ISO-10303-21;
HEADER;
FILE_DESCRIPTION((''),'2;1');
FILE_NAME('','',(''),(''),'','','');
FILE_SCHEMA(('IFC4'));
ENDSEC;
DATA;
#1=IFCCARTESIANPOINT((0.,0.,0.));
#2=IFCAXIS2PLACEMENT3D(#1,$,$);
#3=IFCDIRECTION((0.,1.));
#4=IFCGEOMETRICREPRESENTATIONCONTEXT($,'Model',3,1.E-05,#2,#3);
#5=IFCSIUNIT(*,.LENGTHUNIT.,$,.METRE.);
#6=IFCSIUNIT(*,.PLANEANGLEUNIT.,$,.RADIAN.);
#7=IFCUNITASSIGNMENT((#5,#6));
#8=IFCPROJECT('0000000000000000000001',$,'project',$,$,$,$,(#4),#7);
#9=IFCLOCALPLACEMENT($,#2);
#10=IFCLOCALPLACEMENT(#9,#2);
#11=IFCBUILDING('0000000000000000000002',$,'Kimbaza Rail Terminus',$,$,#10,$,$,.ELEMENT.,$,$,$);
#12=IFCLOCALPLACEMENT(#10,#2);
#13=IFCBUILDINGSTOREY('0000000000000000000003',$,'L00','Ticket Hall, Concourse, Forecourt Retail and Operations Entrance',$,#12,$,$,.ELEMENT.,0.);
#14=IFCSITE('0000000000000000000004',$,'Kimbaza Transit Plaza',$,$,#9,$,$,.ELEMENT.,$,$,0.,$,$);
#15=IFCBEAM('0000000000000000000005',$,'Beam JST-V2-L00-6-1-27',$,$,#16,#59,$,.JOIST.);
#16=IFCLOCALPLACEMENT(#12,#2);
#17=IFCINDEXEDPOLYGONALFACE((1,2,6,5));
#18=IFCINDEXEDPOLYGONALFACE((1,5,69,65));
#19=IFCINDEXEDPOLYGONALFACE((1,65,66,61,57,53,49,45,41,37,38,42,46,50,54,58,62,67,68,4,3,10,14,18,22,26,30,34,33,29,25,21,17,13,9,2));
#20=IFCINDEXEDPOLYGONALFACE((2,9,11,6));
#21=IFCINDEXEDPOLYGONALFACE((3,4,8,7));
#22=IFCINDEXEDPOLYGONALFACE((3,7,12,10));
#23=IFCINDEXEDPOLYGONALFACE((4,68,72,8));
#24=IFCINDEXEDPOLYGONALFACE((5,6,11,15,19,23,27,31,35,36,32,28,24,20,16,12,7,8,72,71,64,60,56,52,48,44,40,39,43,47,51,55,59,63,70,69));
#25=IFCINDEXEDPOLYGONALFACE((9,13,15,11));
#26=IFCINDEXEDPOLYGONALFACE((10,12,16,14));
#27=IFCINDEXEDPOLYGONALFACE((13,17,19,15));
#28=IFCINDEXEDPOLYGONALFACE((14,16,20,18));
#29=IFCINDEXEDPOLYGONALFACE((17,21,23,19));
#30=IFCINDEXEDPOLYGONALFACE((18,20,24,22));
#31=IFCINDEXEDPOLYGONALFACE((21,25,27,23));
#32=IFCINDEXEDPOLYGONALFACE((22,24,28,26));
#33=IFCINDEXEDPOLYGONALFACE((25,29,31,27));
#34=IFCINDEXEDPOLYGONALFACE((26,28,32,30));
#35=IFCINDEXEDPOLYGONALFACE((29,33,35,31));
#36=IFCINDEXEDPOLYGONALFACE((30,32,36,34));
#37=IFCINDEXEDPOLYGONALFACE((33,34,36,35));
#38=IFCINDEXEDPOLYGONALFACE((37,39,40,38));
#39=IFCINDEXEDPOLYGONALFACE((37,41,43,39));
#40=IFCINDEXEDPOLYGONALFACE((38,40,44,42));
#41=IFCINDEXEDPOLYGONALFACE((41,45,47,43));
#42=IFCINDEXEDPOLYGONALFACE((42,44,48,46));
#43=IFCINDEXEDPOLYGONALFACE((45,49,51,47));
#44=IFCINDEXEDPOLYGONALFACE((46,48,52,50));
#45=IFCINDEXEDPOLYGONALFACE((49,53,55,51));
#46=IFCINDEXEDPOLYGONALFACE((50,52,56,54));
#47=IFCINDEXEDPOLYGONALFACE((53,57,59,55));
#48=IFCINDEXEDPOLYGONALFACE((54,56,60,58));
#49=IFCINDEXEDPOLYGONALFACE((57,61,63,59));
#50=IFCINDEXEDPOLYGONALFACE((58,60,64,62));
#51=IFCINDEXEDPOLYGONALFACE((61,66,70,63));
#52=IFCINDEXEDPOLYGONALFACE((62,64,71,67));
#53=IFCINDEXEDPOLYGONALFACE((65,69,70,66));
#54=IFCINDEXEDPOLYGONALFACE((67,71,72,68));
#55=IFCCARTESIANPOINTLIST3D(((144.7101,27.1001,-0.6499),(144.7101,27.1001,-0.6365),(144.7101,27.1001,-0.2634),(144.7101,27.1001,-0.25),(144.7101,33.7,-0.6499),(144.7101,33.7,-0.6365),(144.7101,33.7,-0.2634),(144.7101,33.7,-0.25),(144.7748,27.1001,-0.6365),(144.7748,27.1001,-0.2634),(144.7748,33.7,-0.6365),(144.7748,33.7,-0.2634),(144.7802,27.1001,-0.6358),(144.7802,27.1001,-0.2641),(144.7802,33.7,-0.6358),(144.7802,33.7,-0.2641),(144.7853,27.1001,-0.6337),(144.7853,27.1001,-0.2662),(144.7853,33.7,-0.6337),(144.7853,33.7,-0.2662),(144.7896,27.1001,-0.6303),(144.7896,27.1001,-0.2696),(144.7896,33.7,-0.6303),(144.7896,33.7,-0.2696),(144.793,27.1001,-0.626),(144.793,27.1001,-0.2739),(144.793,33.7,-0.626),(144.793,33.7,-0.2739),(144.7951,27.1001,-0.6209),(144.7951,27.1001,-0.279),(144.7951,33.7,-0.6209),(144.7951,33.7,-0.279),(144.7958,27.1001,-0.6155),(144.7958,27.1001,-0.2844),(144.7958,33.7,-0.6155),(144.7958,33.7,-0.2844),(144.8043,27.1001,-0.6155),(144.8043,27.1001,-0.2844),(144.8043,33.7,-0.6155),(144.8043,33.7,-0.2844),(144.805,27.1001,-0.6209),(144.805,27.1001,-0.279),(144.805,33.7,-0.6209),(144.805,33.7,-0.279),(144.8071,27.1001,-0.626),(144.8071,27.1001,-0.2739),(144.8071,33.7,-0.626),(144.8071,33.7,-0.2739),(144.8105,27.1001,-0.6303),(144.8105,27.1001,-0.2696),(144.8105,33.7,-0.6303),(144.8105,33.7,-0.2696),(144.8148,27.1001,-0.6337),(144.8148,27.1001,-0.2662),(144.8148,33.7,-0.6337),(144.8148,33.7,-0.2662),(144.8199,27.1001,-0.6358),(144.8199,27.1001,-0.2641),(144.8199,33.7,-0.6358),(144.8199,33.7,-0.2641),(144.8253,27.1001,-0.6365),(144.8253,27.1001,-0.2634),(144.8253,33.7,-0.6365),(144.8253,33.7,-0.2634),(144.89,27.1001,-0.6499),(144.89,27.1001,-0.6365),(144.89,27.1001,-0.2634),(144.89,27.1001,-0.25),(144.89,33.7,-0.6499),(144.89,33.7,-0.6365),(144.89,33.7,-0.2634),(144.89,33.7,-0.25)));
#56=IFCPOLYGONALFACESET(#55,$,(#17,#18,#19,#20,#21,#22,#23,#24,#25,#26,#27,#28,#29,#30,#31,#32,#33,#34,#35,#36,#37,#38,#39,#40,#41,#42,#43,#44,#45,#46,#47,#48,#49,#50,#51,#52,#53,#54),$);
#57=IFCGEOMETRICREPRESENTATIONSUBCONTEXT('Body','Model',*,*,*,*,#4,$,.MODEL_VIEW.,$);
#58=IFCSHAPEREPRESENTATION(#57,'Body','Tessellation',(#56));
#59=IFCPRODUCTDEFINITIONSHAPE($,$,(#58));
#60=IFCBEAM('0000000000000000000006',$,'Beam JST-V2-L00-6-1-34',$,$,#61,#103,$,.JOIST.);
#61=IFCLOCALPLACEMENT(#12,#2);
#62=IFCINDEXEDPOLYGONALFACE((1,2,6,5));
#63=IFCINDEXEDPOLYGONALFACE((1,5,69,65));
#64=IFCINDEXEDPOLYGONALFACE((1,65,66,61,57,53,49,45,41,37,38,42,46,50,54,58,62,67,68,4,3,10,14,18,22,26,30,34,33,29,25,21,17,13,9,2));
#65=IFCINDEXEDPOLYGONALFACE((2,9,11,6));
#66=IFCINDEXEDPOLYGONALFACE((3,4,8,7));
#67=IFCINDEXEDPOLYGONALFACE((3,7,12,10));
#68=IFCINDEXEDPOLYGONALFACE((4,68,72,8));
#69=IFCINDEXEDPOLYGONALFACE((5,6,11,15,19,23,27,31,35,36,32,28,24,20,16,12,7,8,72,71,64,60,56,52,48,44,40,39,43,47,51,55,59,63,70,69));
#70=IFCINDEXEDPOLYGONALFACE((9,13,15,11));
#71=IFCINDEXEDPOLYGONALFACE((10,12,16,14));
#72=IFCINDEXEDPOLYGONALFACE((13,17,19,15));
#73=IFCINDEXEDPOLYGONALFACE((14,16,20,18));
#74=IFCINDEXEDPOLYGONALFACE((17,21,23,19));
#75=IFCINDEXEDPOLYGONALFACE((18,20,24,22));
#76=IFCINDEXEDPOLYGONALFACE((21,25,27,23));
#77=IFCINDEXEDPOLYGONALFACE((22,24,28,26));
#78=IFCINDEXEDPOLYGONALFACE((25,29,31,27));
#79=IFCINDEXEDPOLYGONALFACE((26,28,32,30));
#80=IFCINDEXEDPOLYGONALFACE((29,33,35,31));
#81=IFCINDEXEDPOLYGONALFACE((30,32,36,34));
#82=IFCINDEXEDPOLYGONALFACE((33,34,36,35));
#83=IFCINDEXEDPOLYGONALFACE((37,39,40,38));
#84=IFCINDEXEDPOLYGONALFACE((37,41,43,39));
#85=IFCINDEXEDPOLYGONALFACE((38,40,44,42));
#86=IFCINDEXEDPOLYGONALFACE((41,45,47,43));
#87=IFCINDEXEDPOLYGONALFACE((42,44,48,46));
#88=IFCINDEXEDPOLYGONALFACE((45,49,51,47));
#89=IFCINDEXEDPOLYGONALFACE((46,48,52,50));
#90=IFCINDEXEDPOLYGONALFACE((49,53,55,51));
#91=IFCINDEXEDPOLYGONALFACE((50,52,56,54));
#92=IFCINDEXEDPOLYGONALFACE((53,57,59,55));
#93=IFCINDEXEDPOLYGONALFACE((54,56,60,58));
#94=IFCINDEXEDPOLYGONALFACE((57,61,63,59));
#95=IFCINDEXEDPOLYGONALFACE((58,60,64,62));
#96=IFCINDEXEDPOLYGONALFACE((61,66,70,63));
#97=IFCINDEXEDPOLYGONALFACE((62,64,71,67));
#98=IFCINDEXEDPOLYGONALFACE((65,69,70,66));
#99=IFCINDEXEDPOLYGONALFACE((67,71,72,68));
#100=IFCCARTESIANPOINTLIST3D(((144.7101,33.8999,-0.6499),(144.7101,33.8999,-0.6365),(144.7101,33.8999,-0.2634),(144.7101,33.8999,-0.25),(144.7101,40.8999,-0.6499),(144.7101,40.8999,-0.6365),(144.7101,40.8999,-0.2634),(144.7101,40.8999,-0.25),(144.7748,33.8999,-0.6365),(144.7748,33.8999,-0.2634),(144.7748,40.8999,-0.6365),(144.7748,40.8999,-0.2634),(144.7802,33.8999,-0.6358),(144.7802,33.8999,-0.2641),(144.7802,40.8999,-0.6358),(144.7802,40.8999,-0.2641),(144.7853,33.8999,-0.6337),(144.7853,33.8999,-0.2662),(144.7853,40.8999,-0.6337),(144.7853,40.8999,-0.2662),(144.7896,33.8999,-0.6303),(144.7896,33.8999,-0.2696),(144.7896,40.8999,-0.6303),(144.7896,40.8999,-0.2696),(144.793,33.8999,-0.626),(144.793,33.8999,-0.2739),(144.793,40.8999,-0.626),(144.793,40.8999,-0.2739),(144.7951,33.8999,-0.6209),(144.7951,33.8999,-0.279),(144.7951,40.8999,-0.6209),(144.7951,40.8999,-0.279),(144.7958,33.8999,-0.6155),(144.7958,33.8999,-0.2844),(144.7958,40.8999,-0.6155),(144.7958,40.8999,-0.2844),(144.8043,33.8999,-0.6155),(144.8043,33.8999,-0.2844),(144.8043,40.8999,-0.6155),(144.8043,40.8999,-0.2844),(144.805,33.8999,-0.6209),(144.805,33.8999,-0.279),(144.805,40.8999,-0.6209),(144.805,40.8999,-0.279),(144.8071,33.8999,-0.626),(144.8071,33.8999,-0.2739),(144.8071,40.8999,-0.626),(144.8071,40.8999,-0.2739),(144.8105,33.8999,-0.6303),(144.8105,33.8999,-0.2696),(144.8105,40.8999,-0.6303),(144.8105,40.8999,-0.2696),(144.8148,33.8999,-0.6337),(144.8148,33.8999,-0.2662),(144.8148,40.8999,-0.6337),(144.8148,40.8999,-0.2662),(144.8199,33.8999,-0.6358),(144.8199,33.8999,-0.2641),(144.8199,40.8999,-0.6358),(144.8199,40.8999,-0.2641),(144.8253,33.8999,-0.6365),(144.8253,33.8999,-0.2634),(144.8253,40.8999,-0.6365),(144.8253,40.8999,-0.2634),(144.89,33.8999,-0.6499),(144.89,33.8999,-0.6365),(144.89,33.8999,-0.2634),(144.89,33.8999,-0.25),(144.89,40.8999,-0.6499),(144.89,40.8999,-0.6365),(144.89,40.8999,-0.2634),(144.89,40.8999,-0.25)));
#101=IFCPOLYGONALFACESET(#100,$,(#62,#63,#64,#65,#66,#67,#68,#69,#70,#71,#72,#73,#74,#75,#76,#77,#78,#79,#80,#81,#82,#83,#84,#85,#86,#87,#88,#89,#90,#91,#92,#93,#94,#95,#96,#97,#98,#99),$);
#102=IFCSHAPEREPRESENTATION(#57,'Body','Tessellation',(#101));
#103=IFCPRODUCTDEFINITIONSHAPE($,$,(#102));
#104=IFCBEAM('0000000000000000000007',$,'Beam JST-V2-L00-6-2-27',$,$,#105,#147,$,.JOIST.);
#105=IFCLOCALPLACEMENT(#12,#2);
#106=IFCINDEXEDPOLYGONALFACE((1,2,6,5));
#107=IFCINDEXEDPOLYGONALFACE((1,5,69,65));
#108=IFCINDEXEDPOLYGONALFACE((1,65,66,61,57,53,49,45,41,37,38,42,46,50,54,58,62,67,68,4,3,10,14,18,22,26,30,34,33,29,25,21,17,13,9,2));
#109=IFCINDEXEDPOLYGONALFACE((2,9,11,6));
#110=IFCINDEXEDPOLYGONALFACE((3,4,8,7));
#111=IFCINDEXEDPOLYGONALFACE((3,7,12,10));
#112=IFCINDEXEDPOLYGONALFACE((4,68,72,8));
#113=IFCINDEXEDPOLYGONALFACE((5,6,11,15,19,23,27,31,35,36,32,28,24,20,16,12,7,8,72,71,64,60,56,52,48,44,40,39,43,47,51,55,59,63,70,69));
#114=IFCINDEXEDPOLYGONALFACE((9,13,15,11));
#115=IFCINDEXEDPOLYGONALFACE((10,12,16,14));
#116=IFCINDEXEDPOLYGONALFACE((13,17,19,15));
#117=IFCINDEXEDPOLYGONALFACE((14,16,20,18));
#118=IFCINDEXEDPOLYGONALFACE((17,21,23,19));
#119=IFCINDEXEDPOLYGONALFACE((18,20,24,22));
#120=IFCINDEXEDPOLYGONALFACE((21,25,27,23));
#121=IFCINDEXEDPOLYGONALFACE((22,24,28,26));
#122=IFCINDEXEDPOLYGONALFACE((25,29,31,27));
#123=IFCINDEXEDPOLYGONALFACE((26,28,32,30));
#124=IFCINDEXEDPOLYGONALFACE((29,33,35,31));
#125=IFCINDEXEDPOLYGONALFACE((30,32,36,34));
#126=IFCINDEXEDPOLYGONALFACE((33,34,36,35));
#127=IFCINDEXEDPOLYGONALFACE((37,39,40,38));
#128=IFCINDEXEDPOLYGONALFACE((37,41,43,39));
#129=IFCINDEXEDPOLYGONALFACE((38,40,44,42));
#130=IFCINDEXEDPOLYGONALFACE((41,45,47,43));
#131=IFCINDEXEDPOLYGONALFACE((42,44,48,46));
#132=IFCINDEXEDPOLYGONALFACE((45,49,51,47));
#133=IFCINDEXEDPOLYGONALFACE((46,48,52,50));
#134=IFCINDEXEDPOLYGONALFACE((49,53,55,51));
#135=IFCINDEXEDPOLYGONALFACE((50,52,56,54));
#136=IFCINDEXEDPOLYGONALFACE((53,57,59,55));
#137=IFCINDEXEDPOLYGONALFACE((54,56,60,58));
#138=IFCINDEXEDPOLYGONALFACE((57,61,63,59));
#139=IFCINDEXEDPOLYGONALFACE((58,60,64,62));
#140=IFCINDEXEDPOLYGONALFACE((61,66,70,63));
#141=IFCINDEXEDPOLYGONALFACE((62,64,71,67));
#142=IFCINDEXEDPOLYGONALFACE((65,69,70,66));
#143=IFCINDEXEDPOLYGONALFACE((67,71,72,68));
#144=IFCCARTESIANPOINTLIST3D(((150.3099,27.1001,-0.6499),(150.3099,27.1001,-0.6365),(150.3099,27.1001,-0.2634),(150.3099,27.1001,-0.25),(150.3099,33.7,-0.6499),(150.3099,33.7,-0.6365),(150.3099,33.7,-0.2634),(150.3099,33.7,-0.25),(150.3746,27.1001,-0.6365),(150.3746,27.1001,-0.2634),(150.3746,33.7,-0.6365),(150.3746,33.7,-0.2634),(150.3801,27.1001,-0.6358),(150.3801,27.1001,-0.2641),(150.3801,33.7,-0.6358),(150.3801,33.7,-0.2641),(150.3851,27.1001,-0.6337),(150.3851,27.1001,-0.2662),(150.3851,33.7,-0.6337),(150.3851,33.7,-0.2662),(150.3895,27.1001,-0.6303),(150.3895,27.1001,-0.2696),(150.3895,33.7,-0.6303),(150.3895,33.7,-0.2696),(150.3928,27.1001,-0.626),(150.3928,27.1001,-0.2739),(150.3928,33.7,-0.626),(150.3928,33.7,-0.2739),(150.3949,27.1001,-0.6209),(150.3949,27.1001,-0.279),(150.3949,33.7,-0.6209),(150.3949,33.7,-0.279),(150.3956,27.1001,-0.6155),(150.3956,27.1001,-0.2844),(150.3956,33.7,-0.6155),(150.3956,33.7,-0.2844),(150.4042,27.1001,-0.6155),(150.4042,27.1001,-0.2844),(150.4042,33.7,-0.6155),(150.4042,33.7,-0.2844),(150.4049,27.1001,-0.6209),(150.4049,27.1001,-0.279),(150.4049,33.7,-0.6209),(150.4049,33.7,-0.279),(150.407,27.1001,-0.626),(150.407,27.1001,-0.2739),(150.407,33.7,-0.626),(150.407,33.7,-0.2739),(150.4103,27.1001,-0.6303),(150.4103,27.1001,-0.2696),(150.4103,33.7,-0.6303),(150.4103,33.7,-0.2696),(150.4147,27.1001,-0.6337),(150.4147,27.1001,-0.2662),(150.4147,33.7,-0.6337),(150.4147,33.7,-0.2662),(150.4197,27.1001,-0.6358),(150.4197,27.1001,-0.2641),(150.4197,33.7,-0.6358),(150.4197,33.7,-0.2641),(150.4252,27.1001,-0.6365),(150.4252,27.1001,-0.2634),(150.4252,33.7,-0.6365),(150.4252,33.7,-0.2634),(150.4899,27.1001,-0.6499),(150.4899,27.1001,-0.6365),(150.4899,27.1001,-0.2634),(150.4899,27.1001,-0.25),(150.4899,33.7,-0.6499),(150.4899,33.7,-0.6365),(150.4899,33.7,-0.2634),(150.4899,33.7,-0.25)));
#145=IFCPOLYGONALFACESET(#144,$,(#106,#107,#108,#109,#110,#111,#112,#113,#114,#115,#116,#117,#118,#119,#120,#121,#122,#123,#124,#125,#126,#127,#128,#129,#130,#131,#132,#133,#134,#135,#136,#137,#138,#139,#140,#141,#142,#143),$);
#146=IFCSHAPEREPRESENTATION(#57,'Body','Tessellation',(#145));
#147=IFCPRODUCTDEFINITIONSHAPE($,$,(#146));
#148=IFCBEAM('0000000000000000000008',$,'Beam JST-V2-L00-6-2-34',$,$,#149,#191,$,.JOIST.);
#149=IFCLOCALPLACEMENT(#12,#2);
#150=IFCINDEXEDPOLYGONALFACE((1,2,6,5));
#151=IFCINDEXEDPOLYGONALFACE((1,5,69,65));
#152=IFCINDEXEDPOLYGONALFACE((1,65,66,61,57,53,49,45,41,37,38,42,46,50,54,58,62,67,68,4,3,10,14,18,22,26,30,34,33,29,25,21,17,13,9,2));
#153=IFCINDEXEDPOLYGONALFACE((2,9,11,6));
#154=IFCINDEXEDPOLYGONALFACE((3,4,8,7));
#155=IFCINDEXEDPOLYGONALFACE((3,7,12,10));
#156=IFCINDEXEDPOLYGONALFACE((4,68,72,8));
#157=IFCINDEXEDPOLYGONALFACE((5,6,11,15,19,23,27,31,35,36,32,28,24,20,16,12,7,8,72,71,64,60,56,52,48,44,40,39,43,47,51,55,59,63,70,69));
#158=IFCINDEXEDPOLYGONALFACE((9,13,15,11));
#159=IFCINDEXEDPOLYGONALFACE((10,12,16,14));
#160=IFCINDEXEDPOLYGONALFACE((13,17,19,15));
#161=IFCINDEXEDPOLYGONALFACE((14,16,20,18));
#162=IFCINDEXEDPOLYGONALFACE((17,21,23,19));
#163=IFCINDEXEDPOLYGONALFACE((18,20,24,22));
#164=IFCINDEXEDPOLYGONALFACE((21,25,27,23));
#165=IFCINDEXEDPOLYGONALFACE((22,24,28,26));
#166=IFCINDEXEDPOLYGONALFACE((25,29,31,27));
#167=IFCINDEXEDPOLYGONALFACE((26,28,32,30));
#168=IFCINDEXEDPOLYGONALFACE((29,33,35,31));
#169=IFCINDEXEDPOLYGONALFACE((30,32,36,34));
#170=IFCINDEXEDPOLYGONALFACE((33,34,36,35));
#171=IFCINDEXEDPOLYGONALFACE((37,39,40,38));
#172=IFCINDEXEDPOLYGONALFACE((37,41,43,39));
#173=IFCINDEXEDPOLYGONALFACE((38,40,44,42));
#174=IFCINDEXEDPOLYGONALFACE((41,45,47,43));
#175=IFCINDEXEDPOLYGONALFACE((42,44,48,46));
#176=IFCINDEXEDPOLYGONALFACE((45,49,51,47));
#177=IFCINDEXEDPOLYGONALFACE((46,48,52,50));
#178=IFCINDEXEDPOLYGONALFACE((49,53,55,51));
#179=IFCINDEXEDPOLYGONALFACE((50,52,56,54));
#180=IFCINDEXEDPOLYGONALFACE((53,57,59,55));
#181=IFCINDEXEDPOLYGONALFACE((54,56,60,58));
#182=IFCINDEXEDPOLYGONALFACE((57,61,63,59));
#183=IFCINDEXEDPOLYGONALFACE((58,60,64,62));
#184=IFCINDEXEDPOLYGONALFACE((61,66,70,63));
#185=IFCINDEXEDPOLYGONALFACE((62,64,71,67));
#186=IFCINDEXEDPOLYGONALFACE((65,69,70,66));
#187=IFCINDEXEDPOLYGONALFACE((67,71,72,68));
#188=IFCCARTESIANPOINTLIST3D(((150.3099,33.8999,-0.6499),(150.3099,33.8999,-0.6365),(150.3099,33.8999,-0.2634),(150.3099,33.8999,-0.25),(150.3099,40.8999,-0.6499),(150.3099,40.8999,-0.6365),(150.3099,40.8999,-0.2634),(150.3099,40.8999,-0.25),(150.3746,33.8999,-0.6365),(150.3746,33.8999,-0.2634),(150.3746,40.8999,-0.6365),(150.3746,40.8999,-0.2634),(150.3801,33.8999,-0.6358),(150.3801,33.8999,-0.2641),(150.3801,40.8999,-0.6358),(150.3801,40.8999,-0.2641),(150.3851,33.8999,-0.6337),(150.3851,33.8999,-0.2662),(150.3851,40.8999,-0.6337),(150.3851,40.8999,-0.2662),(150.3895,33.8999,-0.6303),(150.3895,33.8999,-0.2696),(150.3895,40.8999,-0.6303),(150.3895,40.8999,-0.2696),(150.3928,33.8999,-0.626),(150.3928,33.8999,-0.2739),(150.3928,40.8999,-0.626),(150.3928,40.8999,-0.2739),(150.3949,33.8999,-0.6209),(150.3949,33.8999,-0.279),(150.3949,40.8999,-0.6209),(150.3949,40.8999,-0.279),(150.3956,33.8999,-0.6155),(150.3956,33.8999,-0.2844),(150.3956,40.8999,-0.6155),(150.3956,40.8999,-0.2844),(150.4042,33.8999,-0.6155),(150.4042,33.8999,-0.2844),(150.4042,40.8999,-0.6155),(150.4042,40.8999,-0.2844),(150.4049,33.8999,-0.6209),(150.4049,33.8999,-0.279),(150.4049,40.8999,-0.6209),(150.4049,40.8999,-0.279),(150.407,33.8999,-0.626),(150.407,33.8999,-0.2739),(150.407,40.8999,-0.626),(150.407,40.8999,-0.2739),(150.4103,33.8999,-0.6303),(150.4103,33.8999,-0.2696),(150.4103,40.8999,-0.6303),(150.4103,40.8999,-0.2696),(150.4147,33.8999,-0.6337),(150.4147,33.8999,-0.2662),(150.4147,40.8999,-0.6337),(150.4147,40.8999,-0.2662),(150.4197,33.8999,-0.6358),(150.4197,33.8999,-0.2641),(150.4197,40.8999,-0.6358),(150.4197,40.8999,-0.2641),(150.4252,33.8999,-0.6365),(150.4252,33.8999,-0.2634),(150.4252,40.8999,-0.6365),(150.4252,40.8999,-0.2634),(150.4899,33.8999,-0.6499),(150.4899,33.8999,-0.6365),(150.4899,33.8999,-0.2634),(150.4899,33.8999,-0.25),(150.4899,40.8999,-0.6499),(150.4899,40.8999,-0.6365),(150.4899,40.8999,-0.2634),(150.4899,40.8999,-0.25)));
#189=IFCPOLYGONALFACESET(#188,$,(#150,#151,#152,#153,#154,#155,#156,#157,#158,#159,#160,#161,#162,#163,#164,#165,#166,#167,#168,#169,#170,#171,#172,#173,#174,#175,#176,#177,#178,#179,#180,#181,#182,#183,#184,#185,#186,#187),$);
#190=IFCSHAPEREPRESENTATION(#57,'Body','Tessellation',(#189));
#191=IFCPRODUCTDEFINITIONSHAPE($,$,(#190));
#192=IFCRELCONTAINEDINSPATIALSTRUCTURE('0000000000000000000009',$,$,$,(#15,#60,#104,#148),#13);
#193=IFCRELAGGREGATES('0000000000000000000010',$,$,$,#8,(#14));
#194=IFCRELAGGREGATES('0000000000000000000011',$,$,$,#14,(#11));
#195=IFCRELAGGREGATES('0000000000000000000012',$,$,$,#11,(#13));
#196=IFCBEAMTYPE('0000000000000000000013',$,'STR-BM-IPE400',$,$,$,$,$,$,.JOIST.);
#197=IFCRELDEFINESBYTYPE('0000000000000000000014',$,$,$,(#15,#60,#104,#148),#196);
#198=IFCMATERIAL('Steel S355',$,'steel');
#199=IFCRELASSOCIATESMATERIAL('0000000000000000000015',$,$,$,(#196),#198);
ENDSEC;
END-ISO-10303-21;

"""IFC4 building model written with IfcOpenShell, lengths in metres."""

from ifc_helpers import new_model, si_unit, direction, frame, origin, origin_2d, place, context, subcontext, project, spatial, i_section, extrude, material, material_profile, profile_set, type_object, element, save


model = new_model("IFC4")

# Units and contexts
model_context = context("Model", 3, precision=1e-05, world=origin(), true_north=direction((0.0, 1.0)))
body_context = subcontext(model_context, "Body", "Model", "MODEL_VIEW")
ifc_project = project(units=[si_unit("LENGTHUNIT", "METRE"), si_unit("PLANEANGLEUNIT", "RADIAN")], contexts=[model_context])

# Site, building, storey
site_placement = place(None, origin())
site = spatial("IfcSite", under=ifc_project, at=site_placement, Name="Kimbaza Transit Plaza", CompositionType="ELEMENT", RefElevation=0.0)
building_placement = place(site_placement, origin())
building = spatial("IfcBuilding", under=site, at=building_placement, Name="Kimbaza Rail Terminus", CompositionType="ELEMENT")
storey_placement = place(building_placement, origin())
storey = spatial("IfcBuildingStorey", under=building, at=storey_placement, Name="L00", Description="Ticket Hall, Concourse, Forecourt Retail and Operations Entrance", CompositionType="ELEMENT", Elevation=0.0)

# Beams
ifc_material_1 = material(Name="Steel S355", Category="steel")
ifc_material_profile_1 = material_profile(ifc_material_1, i_section(OverallWidth=0.1799, OverallDepth=0.3999, WebThickness=0.0085, FlangeThickness=0.0134, FilletRadius=0.021, at=origin_2d()), Name="IPE 400")
ifc_profile_set_1 = profile_set([ifc_material_profile_1], Name="Steel S355")
beam_type_1 = type_object("IfcBeamType", Name="STR-BM-IPE400", PredefinedType="JOIST", material=ifc_profile_set_1)
beam_1_placement = place(storey_placement, frame((144.8, 27.1001, -0.45), z_axis=(0.0, 1.0, 0.0), x_axis=(-1.0, 0.0, 0.0)))
element("IfcBeam", 1, at=beam_1_placement, inside=storey, type_object=beam_type_1, Name="Beam JST-V2-L00-6-1-27", PredefinedType="JOIST", context=body_context, shape_type="SweptSolid", body=[
    extrude(i_section(OverallWidth=0.1799, OverallDepth=0.3999, WebThickness=0.0085, FlangeThickness=0.0134, FilletRadius=0.021, at=origin_2d()), origin(), (0.0, 0.0, 1.0), 6.5999),
])
beam_2_placement = place(storey_placement, frame((144.8, 33.8999, -0.45), z_axis=(0.0, 1.0, 0.0), x_axis=(-1.0, 0.0, 0.0)))
element("IfcBeam", 2, at=beam_2_placement, inside=storey, type_object=beam_type_1, Name="Beam JST-V2-L00-6-1-34", PredefinedType="JOIST", context=body_context, shape_type="SweptSolid", body=[
    extrude(i_section(OverallWidth=0.1799, OverallDepth=0.3999, WebThickness=0.0085, FlangeThickness=0.0134, FilletRadius=0.021, at=origin_2d()), origin(), (0.0, 0.0, 1.0), 7.0),
])
beam_3_placement = place(storey_placement, frame((150.3999, 27.1001, -0.45), z_axis=(0.0, 1.0, 0.0), x_axis=(-1.0, 0.0, 0.0)))
element("IfcBeam", 3, at=beam_3_placement, inside=storey, type_object=beam_type_1, Name="Beam JST-V2-L00-6-2-27", PredefinedType="JOIST", context=body_context, shape_type="SweptSolid", body=[
    extrude(i_section(OverallWidth=0.1799, OverallDepth=0.3999, WebThickness=0.0085, FlangeThickness=0.0134, FilletRadius=0.021, at=origin_2d()), origin(), (0.0, 0.0, 1.0), 6.5999),
])
beam_4_placement = place(storey_placement, frame((150.3999, 33.8999, -0.45), z_axis=(0.0, 1.0, 0.0), x_axis=(-1.0, 0.0, 0.0)))
element("IfcBeam", 4, at=beam_4_placement, inside=storey, type_object=beam_type_1, Name="Beam JST-V2-L00-6-2-34", PredefinedType="JOIST", context=body_context, shape_type="SweptSolid", body=[
    extrude(i_section(OverallWidth=0.1799, OverallDepth=0.3999, WebThickness=0.0085, FlangeThickness=0.0134, FilletRadius=0.021, at=origin_2d()), origin(), (0.0, 0.0, 1.0), 7.0),
])

save(model, "model.ifc")
